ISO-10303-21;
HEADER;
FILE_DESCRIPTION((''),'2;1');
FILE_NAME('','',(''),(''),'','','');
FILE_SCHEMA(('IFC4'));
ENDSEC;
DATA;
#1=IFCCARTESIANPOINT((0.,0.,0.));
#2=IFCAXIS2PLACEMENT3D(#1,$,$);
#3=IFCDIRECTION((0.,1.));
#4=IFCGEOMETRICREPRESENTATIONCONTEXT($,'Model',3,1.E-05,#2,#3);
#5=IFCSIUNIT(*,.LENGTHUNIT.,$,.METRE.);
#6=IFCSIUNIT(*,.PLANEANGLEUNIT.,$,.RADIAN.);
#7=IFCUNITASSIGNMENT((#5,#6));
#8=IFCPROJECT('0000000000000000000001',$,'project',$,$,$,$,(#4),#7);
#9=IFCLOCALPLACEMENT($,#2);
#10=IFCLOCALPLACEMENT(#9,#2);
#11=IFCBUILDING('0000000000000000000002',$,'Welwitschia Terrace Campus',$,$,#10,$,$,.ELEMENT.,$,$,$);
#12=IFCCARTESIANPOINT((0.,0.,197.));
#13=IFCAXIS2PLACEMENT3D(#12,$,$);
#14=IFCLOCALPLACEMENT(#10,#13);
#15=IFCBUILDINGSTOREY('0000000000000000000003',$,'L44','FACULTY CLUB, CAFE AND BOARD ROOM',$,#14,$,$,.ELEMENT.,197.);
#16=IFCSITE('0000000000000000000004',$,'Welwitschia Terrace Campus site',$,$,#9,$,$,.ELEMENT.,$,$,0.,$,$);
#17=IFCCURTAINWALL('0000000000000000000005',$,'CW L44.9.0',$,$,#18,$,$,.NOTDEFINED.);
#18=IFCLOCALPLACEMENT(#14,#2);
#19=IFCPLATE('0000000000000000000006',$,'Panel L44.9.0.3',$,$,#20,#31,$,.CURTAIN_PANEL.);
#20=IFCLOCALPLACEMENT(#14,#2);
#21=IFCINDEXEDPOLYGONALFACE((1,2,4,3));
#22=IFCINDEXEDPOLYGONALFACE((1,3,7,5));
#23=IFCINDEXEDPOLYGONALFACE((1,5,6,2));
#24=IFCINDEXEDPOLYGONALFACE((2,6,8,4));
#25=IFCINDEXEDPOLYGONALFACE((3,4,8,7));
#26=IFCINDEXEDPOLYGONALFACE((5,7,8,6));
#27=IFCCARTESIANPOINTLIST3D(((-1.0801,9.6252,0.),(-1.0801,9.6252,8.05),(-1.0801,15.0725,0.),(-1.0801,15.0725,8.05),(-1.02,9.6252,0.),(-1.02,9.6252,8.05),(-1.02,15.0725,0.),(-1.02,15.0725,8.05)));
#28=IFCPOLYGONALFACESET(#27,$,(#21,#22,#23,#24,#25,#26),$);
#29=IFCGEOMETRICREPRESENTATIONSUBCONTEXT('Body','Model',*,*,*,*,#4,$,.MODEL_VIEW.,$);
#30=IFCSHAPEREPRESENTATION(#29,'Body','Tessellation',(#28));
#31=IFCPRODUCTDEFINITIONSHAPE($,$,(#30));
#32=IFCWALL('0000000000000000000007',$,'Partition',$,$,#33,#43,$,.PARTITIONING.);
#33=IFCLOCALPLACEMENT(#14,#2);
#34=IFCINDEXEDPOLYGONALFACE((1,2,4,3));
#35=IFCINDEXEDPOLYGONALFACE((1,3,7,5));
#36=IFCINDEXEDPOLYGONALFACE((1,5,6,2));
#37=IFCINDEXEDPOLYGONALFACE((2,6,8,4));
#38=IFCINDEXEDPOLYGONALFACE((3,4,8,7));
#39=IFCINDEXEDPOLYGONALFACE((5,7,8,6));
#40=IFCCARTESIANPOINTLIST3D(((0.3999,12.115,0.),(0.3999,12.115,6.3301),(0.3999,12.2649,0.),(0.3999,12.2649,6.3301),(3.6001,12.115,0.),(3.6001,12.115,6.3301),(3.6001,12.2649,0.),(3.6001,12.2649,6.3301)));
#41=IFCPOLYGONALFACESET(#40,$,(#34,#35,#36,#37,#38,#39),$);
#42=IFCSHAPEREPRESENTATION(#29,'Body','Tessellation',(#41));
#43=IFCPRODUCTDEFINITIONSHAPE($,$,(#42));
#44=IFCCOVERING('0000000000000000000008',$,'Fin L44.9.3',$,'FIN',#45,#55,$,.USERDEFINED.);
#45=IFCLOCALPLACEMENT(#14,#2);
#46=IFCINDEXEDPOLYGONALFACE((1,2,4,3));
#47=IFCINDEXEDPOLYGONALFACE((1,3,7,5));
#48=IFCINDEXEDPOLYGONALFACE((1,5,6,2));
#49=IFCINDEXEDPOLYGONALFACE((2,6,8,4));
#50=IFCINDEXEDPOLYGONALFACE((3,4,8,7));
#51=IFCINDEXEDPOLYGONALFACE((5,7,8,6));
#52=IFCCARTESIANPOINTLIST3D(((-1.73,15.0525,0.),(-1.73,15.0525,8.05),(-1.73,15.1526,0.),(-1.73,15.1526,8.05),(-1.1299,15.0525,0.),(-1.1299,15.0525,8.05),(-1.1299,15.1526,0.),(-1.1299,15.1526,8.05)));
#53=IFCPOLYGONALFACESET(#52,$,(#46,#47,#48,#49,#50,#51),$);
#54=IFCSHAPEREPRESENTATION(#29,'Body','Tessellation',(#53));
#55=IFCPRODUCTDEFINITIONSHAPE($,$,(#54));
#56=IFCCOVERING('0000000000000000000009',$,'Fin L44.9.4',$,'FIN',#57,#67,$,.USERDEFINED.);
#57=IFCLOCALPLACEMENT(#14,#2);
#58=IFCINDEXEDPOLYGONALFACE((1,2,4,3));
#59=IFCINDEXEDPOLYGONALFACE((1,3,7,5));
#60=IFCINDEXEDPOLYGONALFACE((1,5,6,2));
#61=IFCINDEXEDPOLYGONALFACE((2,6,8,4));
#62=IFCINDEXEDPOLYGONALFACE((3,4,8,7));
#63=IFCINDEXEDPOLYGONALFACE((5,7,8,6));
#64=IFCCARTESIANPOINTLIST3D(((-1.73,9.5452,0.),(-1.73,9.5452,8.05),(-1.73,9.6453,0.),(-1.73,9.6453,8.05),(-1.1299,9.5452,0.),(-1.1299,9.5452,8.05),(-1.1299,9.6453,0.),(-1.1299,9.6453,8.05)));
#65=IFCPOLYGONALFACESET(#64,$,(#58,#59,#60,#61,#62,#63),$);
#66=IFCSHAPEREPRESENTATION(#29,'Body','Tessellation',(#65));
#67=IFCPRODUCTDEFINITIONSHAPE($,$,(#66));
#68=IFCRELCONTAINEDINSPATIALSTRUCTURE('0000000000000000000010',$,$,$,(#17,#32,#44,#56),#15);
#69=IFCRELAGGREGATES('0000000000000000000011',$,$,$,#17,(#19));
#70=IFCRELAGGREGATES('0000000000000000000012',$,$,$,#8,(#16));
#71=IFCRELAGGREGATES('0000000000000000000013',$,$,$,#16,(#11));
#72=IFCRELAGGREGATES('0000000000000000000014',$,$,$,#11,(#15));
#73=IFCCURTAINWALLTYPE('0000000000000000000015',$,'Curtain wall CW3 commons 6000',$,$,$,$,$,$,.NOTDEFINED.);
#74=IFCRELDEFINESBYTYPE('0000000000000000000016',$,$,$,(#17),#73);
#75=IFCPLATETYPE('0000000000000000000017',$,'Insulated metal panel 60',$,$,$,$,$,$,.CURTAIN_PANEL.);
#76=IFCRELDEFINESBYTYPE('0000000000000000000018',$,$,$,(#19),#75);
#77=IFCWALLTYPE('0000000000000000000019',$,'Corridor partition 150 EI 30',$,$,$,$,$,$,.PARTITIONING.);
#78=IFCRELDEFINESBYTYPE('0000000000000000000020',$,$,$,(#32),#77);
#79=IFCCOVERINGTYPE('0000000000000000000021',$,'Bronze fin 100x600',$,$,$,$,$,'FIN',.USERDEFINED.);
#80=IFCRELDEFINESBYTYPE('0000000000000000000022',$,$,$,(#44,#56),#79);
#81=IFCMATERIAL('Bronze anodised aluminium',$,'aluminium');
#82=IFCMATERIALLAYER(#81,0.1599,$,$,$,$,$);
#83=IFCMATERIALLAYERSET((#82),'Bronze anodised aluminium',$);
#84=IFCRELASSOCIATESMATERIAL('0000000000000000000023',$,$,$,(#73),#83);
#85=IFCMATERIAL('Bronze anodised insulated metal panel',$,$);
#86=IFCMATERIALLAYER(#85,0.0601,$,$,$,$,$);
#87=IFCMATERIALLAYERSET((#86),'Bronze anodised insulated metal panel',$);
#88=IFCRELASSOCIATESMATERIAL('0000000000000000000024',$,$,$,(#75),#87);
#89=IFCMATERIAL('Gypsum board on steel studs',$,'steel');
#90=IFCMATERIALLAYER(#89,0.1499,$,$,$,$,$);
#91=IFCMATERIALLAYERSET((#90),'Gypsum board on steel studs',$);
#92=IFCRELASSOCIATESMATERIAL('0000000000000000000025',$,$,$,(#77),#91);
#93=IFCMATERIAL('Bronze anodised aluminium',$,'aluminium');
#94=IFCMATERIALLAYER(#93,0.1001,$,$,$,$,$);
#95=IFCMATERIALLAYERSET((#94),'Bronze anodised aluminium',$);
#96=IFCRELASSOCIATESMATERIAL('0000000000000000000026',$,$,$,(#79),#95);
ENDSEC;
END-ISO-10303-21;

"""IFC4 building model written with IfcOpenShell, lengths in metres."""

from ifc_helpers import new_model, si_unit, direction, frame, frame_2d, origin, origin_2d, place, context, subcontext, project, spatial, rectangle, extrude, material, layer, layer_set, type_object, element, aggregate, save


model = new_model("IFC4")

# Units and contexts
model_context = context("Model", 3, precision=1e-05, world=origin(), true_north=direction((0.0, 1.0)))
body_context = subcontext(model_context, "Body", "Model", "MODEL_VIEW")
ifc_project = project(units=[si_unit("LENGTHUNIT", "METRE"), si_unit("PLANEANGLEUNIT", "RADIAN")], contexts=[model_context])

# Site, building, storey
site_placement = place(None, origin())
site = spatial("IfcSite", under=ifc_project, at=site_placement, Name="Welwitschia Terrace Campus site", CompositionType="ELEMENT", RefElevation=0.0)
building_placement = place(site_placement, origin())
building = spatial("IfcBuilding", under=site, at=building_placement, Name="Welwitschia Terrace Campus", CompositionType="ELEMENT")
storey_placement = place(building_placement, frame((0.0, 0.0, 197.0)))
storey = spatial("IfcBuildingStorey", under=building, at=storey_placement, Name="L44", Description="FACULTY CLUB, CAFE AND BOARD ROOM", CompositionType="ELEMENT", Elevation=197.0)

# Curtain wall
ifc_material_1 = material(Name="Bronze anodised aluminium", Category="aluminium")
ifc_layer_1 = layer(ifc_material_1, 0.1599)
ifc_layer_set_1 = layer_set([ifc_layer_1], Name="Bronze anodised aluminium")
curtain_wall_type = type_object("IfcCurtainWallType", Name="Curtain wall CW3 commons 6000", PredefinedType="NOTDEFINED", material=ifc_layer_set_1)
curtain_wall_1_placement = place(storey_placement, origin())
curtain_wall_1 = element("IfcCurtainWall", 1, at=curtain_wall_1_placement, inside=storey, type_object=curtain_wall_type, Name="CW L44.9.0", PredefinedType="NOTDEFINED")

# Plate
ifc_material_2 = material(Name="Bronze anodised insulated metal panel")
ifc_layer_2 = layer(ifc_material_2, 0.0601)
ifc_layer_set_2 = layer_set([ifc_layer_2], Name="Bronze anodised insulated metal panel")
plate_type = type_object("IfcPlateType", Name="Insulated metal panel 60", PredefinedType="CURTAIN_PANEL", material=ifc_layer_set_2)
plate_1_placement = place(storey_placement, frame((-1.05, 12.3489, 0.0), z_axis=(0.0, 0.0, 1.0), x_axis=(0.0, -1.0, 0.0)))
plate_1 = element("IfcPlate", 2, at=plate_1_placement, type_object=plate_type, Name="Panel L44.9.0.3", PredefinedType="CURTAIN_PANEL", context=body_context, shape_type="SweptSolid", body=[
    extrude(rectangle(XDim=5.4473, YDim=0.0601, at=origin_2d()), origin(), (0.0, 0.0, 1.0), 8.05),
])
aggregate(curtain_wall_1, [plate_1])

# Wall
ifc_material_3 = material(Name="Gypsum board on steel studs", Category="steel")
ifc_layer_3 = layer(ifc_material_3, 0.1499)
ifc_layer_set_3 = layer_set([ifc_layer_3], Name="Gypsum board on steel studs")
wall_type = type_object("IfcWallType", Name="Corridor partition 150 EI 30", PredefinedType="PARTITIONING", material=ifc_layer_set_3)
wall_placement = place(storey_placement, frame((0.3999, 12.1899, 0.0), z_axis=(0.0, 0.0, 1.0), x_axis=(1.0, 0.0, 0.0)))
element("IfcWall", 3, at=wall_placement, inside=storey, type_object=wall_type, Name="Partition", PredefinedType="PARTITIONING", context=body_context, shape_type="SweptSolid", body=[
    extrude(rectangle(XDim=3.2002, YDim=0.1499, at=frame_2d((1.6001, 0.0))), origin(), (0.0, 0.0, 1.0), 6.3301),
])

# Coverings
ifc_material_4 = material(Name="Bronze anodised aluminium", Category="aluminium")
ifc_layer_4 = layer(ifc_material_4, 0.1001)
ifc_layer_set_4 = layer_set([ifc_layer_4], Name="Bronze anodised aluminium")
covering_type = type_object("IfcCoveringType", Name="Bronze fin 100x600", ElementType="FIN", PredefinedType="USERDEFINED", material=ifc_layer_set_4)
for number, where, z_axis, x_axis, name in (
    (4, (-1.4299, 15.1025, 0.0), (0.0, 0.0, 1.0), (0.0, -1.0, 0.0), "Fin L44.9.3"),
    (5, (-1.4299, 9.5952, 0.0), (0.0, 0.0, 1.0), (0.0, -1.0, 0.0), "Fin L44.9.4"),
):
    element("IfcCovering", number, at=place(storey_placement, frame(where, z_axis=z_axis, x_axis=x_axis)), inside=storey, type_object=covering_type, Name=name, ObjectType="FIN", PredefinedType="USERDEFINED", context=body_context, shape_type="SweptSolid", body=[
        extrude(rectangle(XDim=0.1001, YDim=0.6001, at=origin_2d()), origin(), (0.0, 0.0, 1.0), 8.05),
    ])

save(model, "model.ifc")
